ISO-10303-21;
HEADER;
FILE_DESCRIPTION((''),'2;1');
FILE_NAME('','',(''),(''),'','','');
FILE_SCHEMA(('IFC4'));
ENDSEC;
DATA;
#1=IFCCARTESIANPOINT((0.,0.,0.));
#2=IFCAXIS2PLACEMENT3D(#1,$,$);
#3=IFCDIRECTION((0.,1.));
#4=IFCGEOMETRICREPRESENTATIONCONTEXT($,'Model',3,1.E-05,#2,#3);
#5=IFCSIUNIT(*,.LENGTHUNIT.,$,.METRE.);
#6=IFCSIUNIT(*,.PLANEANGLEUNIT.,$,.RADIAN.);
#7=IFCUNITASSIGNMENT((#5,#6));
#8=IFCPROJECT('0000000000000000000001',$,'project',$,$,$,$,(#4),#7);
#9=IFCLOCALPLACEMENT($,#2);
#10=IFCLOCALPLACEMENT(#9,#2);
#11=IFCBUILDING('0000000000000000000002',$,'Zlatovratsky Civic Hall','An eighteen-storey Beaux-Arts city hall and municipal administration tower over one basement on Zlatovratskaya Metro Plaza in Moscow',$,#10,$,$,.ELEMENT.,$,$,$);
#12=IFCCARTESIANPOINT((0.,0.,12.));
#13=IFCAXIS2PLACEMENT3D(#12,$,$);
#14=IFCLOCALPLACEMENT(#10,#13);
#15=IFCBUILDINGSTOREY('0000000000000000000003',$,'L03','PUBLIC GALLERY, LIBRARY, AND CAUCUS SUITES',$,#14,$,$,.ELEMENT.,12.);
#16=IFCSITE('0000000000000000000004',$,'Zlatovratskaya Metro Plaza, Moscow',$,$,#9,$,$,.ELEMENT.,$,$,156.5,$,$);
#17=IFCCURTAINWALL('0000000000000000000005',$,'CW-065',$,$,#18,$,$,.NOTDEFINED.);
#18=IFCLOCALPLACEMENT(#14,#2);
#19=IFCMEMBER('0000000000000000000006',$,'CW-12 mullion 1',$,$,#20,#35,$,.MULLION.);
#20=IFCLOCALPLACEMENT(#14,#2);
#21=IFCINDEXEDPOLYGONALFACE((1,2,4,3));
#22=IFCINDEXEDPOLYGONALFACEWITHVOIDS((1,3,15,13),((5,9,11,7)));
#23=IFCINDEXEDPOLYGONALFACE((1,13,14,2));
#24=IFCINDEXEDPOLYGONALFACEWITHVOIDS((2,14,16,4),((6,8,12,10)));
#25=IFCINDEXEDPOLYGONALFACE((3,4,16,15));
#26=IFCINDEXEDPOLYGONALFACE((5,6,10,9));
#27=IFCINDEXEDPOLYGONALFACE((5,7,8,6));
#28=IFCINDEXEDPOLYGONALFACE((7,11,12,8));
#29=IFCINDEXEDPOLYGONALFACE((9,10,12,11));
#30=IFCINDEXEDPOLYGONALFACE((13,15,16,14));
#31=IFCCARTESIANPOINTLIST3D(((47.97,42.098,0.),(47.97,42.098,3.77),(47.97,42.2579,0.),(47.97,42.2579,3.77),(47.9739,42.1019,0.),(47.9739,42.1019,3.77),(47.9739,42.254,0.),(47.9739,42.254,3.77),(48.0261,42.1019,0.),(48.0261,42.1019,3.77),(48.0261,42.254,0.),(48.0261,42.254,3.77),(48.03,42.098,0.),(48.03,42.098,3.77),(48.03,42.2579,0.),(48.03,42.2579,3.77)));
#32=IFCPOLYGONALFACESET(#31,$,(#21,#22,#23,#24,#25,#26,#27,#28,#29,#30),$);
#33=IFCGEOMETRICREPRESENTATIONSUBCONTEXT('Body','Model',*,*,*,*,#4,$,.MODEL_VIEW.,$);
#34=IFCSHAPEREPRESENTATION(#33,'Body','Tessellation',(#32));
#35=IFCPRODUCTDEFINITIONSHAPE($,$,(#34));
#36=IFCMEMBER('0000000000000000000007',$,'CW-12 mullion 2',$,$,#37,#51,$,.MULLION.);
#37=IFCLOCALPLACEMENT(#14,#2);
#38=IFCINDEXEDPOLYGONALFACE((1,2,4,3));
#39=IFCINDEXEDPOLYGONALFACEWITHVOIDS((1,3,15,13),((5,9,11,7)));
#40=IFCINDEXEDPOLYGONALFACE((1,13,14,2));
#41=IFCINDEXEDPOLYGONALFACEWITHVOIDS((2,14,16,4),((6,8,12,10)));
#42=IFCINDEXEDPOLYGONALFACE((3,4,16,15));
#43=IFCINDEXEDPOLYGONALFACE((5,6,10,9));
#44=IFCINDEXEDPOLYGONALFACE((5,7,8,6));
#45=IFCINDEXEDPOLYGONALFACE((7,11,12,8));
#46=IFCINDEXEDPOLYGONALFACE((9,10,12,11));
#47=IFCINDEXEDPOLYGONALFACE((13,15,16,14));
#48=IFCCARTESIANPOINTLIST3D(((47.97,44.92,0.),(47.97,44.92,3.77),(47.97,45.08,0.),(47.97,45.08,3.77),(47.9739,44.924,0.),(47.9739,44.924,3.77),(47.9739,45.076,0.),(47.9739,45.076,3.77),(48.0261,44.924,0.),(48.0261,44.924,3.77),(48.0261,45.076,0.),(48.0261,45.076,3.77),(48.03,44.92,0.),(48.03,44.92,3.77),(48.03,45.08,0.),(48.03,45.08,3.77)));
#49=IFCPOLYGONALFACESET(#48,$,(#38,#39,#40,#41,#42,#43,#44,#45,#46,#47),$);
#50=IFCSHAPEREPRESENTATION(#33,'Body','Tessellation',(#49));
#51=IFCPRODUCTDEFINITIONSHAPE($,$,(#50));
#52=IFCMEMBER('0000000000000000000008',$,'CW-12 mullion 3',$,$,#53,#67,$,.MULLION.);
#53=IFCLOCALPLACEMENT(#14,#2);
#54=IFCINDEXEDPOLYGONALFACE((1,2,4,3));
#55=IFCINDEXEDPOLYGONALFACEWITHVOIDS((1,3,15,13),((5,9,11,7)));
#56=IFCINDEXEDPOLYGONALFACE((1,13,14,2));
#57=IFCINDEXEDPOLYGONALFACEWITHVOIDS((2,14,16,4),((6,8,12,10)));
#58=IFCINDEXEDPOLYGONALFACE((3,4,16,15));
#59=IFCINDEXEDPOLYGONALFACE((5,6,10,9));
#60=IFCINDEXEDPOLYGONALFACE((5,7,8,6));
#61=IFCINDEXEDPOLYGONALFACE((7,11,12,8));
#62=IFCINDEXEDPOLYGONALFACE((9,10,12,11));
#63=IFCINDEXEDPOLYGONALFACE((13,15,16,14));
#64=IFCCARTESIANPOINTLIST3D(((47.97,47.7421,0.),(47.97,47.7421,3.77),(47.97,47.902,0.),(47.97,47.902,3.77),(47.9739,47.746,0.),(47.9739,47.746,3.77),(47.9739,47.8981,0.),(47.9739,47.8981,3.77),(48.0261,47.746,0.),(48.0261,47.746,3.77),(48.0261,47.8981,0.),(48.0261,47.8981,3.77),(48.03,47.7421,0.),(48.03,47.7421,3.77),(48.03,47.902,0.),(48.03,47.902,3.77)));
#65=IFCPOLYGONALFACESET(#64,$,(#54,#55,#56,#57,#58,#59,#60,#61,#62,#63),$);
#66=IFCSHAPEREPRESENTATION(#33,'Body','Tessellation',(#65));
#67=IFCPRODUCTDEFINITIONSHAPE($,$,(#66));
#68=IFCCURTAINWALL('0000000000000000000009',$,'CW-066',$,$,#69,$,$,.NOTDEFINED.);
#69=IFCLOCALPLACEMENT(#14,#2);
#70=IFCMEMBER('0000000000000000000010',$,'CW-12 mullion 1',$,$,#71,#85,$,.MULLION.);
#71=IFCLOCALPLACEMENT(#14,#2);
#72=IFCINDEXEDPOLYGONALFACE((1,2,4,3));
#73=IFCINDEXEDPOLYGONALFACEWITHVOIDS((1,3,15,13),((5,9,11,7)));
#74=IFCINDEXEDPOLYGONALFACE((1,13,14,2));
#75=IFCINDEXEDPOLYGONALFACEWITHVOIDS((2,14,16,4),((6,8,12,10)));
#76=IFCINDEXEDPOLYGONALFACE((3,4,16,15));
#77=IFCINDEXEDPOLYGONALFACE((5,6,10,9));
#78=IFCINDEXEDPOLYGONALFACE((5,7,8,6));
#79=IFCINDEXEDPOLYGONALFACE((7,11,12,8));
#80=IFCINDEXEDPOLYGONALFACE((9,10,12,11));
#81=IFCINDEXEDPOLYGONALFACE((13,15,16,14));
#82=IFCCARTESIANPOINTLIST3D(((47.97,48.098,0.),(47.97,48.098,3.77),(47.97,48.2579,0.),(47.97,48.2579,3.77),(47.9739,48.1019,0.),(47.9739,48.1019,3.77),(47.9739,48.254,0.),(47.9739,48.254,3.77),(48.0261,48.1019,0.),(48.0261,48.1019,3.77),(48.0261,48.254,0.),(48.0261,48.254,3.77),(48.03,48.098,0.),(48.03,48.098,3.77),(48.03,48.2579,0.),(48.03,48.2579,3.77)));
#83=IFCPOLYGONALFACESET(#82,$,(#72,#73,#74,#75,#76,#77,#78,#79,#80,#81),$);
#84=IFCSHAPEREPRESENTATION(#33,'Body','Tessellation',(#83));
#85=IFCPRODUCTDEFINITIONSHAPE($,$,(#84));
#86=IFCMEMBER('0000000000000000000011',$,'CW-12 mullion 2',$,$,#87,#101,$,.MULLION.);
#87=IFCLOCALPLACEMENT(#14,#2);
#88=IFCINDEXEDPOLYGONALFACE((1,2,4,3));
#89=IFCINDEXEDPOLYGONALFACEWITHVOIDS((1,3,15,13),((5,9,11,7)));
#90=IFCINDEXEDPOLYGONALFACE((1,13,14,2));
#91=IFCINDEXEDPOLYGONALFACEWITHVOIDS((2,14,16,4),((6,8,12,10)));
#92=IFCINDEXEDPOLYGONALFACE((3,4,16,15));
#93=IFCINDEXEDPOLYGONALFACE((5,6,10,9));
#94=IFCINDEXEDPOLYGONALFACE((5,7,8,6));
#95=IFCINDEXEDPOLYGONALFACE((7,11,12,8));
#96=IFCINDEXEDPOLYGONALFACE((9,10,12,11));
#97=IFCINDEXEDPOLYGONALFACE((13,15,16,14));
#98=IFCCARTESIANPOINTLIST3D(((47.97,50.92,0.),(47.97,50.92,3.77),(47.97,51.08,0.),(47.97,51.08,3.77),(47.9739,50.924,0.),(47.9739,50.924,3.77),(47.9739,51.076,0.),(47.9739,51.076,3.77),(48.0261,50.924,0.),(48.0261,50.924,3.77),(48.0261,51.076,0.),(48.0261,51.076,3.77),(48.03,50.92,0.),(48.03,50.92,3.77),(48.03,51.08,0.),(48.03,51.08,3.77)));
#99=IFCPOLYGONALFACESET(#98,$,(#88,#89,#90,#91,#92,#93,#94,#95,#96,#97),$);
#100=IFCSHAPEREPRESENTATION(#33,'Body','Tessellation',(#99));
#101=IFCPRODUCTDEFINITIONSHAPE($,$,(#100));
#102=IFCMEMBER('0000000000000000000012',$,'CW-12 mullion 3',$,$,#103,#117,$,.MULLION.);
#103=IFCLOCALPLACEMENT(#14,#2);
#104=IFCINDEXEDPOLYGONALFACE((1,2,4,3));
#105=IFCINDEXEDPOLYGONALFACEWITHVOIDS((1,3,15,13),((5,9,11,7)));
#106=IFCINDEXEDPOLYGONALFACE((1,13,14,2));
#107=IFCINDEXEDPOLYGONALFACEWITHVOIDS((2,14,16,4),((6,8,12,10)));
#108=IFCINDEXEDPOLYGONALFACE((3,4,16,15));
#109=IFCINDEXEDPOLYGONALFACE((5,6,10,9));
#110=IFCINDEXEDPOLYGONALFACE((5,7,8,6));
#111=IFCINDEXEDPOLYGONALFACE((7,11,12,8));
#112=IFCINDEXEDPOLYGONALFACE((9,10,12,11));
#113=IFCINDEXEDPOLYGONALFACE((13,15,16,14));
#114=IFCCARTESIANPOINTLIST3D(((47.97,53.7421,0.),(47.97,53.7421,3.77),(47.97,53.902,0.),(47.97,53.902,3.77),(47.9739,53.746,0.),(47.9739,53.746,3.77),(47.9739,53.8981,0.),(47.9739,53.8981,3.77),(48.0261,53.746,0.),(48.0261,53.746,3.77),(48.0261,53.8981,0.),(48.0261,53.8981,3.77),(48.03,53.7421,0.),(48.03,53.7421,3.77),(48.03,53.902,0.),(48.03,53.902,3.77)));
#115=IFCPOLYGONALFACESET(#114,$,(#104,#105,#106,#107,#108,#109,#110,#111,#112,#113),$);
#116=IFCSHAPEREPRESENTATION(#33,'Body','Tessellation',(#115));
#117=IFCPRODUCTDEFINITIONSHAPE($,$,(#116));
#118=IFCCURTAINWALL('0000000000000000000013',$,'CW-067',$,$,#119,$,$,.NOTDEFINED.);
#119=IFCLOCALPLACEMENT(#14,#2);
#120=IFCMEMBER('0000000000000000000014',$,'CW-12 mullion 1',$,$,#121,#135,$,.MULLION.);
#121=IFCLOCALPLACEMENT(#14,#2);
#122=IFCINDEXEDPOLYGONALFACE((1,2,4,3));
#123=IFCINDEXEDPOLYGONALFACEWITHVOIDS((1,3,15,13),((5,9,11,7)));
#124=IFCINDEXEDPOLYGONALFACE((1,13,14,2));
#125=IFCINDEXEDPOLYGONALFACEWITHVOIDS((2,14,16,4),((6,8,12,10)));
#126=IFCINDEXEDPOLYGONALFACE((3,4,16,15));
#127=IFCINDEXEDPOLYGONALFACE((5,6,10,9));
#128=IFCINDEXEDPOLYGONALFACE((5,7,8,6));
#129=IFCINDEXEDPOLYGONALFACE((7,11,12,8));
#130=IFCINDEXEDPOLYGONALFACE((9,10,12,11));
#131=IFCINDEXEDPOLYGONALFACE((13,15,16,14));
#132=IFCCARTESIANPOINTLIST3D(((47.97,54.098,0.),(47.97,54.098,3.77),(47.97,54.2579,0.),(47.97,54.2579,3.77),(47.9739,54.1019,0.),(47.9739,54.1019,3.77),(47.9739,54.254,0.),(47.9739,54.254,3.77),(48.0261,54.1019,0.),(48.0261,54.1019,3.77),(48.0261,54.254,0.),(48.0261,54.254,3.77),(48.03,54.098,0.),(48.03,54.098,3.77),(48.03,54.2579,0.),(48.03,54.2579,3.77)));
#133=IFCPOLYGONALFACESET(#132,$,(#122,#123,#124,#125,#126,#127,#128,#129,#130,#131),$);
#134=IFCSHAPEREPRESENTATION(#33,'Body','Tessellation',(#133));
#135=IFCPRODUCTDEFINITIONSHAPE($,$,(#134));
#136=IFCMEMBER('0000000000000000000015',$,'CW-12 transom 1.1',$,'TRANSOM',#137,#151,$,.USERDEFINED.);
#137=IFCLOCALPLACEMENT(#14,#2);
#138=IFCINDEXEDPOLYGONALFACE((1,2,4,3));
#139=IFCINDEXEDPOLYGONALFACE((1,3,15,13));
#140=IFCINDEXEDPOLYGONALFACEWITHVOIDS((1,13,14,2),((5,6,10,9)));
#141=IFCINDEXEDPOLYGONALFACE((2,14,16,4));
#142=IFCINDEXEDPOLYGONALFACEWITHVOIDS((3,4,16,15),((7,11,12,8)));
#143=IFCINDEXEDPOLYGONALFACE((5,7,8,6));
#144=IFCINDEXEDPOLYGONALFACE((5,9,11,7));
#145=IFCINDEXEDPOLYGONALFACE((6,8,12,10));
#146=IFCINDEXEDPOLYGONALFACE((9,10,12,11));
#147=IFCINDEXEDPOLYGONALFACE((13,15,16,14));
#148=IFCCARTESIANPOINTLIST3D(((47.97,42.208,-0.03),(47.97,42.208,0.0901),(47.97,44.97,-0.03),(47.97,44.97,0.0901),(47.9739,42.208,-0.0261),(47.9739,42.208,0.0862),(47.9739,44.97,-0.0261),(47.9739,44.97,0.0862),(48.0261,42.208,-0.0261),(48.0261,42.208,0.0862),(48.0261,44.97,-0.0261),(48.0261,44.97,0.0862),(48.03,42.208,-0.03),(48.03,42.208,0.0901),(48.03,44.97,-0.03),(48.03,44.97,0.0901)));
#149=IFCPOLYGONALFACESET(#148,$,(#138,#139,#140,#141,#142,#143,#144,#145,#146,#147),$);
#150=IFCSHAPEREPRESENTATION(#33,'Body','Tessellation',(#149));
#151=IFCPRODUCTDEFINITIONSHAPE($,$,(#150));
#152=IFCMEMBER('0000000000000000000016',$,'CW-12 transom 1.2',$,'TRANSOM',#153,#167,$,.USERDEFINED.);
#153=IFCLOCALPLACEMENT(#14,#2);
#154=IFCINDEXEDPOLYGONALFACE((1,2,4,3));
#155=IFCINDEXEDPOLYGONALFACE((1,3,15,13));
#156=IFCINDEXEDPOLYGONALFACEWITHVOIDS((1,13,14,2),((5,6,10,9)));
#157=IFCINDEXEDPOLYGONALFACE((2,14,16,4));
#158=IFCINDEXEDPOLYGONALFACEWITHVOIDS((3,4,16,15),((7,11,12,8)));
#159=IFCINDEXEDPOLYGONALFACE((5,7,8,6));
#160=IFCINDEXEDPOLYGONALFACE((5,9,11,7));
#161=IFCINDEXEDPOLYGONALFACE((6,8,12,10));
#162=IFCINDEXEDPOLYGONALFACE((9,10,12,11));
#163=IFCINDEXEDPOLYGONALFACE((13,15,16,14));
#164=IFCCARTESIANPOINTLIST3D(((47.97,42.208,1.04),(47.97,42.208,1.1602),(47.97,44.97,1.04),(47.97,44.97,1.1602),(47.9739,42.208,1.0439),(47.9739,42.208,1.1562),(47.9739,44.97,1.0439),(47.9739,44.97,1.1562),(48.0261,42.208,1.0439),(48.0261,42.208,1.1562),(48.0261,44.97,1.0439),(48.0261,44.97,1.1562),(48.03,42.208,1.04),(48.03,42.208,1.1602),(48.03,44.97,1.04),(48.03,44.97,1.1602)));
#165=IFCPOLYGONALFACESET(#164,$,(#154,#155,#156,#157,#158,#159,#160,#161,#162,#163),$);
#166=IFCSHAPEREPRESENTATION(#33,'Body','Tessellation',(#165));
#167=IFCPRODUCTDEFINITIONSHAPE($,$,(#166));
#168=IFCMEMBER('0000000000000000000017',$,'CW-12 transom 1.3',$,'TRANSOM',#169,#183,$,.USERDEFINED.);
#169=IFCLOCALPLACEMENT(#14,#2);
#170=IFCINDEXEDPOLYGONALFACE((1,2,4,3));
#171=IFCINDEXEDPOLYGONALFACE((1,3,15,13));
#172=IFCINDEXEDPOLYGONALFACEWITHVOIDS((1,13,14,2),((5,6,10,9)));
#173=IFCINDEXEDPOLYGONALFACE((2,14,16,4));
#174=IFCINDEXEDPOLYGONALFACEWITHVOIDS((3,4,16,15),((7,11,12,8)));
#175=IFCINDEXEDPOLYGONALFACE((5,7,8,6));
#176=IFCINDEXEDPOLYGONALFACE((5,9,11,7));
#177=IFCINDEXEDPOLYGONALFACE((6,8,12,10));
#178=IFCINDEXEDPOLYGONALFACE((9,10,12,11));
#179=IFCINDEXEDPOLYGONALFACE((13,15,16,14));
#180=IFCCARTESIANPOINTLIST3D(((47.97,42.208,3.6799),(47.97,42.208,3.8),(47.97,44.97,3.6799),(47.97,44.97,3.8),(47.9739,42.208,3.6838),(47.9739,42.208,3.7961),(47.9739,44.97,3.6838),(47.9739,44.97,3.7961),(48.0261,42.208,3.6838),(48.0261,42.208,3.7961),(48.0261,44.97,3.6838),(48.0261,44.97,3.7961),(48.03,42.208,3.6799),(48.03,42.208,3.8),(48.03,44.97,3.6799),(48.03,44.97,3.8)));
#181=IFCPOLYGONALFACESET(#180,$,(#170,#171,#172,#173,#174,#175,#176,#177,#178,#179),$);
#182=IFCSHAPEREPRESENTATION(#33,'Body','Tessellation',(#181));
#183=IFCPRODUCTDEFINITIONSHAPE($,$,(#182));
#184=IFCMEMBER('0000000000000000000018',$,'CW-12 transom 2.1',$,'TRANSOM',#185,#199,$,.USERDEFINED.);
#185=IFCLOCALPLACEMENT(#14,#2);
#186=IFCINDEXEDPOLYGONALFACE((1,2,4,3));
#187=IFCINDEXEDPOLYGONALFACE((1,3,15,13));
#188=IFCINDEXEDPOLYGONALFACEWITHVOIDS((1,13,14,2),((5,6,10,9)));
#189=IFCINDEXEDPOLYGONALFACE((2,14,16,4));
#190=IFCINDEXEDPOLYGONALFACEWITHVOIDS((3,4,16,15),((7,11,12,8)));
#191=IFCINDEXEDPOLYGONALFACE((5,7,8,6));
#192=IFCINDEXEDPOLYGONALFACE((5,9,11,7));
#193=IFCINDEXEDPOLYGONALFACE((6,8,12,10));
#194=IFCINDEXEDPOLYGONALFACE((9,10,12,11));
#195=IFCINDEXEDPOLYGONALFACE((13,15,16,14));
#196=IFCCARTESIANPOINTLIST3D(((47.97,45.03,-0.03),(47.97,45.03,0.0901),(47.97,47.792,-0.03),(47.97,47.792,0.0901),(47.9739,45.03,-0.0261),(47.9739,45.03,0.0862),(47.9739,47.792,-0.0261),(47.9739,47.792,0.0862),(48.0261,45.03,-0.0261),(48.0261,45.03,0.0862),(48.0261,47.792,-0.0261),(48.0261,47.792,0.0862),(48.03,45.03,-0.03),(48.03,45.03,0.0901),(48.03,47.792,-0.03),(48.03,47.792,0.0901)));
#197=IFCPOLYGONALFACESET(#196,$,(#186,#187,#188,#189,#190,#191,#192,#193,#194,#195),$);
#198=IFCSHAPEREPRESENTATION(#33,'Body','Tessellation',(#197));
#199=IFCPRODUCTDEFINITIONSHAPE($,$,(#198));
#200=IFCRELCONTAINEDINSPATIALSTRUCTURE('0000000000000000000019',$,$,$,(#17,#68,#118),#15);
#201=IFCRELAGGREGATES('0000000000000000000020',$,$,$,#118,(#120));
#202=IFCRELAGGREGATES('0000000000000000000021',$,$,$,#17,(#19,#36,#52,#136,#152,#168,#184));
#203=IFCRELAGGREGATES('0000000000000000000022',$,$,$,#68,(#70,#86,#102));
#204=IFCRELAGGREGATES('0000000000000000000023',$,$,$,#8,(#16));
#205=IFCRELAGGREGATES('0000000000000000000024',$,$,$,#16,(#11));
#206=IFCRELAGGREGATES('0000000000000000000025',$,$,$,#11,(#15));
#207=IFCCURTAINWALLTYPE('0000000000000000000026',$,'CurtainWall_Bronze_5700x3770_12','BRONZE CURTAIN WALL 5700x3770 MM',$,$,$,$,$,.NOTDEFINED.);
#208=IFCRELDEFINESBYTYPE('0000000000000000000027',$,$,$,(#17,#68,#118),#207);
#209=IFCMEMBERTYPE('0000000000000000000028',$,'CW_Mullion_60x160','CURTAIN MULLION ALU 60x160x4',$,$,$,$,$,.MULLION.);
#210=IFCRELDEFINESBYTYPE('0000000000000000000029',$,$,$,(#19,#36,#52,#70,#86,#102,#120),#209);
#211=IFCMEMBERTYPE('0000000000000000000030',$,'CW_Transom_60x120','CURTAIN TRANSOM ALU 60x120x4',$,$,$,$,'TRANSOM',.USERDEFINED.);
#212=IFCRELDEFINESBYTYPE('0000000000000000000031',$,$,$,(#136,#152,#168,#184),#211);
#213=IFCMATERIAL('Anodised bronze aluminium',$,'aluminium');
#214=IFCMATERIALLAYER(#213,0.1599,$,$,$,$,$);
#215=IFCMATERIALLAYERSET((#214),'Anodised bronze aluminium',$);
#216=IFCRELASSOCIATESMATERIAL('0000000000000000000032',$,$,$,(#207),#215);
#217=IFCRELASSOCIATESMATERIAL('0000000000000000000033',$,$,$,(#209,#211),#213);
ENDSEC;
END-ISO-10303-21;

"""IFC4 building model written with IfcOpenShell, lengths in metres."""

from ifc_helpers import new_model, si_unit, direction, frame, origin, origin_2d, place, context, subcontext, project, spatial, hollow_rectangle, extrude, material, layer, layer_set, material_profile, profile_set, type_object, element, aggregate, save


model = new_model("IFC4")

# Units and contexts
model_context = context("Model", 3, precision=1e-05, world=origin(), true_north=direction((0.0, 1.0)))
body_context = subcontext(model_context, "Body", "Model", "MODEL_VIEW")
ifc_project = project(units=[si_unit("LENGTHUNIT", "METRE"), si_unit("PLANEANGLEUNIT", "RADIAN")], contexts=[model_context])

# Site, building, storey
site_placement = place(None, origin())
site = spatial("IfcSite", under=ifc_project, at=site_placement, Name="Zlatovratskaya Metro Plaza, Moscow", CompositionType="ELEMENT", RefElevation=156.5)
building_placement = place(site_placement, origin())
building = spatial("IfcBuilding", under=site, at=building_placement, Name="Zlatovratsky Civic Hall", Description="An eighteen-storey Beaux-Arts city hall and municipal administration tower over one basement on Zlatovratskaya Metro Plaza in Moscow", CompositionType="ELEMENT")
storey_placement = place(building_placement, frame((0.0, 0.0, 12.0)))
storey = spatial("IfcBuildingStorey", under=building, at=storey_placement, Name="L03", Description="PUBLIC GALLERY, LIBRARY, AND CAUCUS SUITES", CompositionType="ELEMENT", Elevation=12.0)

# Curtain walls, members
ifc_material_1 = material(Name="Anodised bronze aluminium", Category="aluminium")
ifc_layer_1 = layer(ifc_material_1, 0.1599)
ifc_layer_set_1 = layer_set([ifc_layer_1], Name="Anodised bronze aluminium")
curtain_wall_type = type_object("IfcCurtainWallType", Name="CurtainWall_Bronze_5700x3770_12", Description="BRONZE CURTAIN WALL 5700x3770 MM", PredefinedType="NOTDEFINED", material=ifc_layer_set_1)
curtain_wall_1_placement = place(storey_placement, origin())
curtain_wall_1 = element("IfcCurtainWall", 1, at=curtain_wall_1_placement, inside=storey, type_object=curtain_wall_type, Name="CW-065", PredefinedType="NOTDEFINED")
ifc_material_profile_1 = material_profile(ifc_material_1, hollow_rectangle(XDim=0.0601, YDim=0.1599, WallThickness=0.0039, at=origin_2d()), Name="ALU 60x160x4")
ifc_profile_set_1 = profile_set([ifc_material_profile_1], Name="Anodised bronze aluminium")
member_type_1 = type_object("IfcMemberType", Name="CW_Mullion_60x160", Description="CURTAIN MULLION ALU 60x160x4", PredefinedType="MULLION", material=ifc_profile_set_1)
member_1_placement = place(storey_placement, frame((48.0, 42.178, 0.0), z_axis=(0.0, 0.0, 1.0), x_axis=(-1.0, 0.0, 0.0)))
member_1 = element("IfcMember", 2, at=member_1_placement, type_object=member_type_1, Name="CW-12 mullion 1", PredefinedType="MULLION", context=body_context, shape_type="SweptSolid", body=[
    extrude(hollow_rectangle(XDim=0.0601, YDim=0.1599, WallThickness=0.0039, at=origin_2d()), origin(), (0.0, 0.0, 1.0), 3.77),
])
member_2_placement = place(storey_placement, frame((48.0, 45.0, 0.0), z_axis=(0.0, 0.0, 1.0), x_axis=(-1.0, 0.0, 0.0)))
member_2 = element("IfcMember", 3, at=member_2_placement, type_object=member_type_1, Name="CW-12 mullion 2", PredefinedType="MULLION", context=body_context, shape_type="SweptSolid", body=[
    extrude(hollow_rectangle(XDim=0.0601, YDim=0.1599, WallThickness=0.0039, at=origin_2d()), origin(), (0.0, 0.0, 1.0), 3.77),
])
member_3_placement = place(storey_placement, frame((48.0, 47.822, 0.0), z_axis=(0.0, 0.0, 1.0), x_axis=(-1.0, 0.0, 0.0)))
member_3 = element("IfcMember", 4, at=member_3_placement, type_object=member_type_1, Name="CW-12 mullion 3", PredefinedType="MULLION", context=body_context, shape_type="SweptSolid", body=[
    extrude(hollow_rectangle(XDim=0.0601, YDim=0.1599, WallThickness=0.0039, at=origin_2d()), origin(), (0.0, 0.0, 1.0), 3.77),
])
curtain_wall_2_placement = place(storey_placement, origin())
curtain_wall_2 = element("IfcCurtainWall", 5, at=curtain_wall_2_placement, inside=storey, type_object=curtain_wall_type, Name="CW-066", PredefinedType="NOTDEFINED")
member_4_placement = place(storey_placement, frame((48.0, 48.178, 0.0), z_axis=(0.0, 0.0, 1.0), x_axis=(-1.0, 0.0, 0.0)))
member_4 = element("IfcMember", 6, at=member_4_placement, type_object=member_type_1, Name="CW-12 mullion 1", PredefinedType="MULLION", context=body_context, shape_type="SweptSolid", body=[
    extrude(hollow_rectangle(XDim=0.0601, YDim=0.1599, WallThickness=0.0039, at=origin_2d()), origin(), (0.0, 0.0, 1.0), 3.77),
])
member_5_placement = place(storey_placement, frame((48.0, 51.0, 0.0), z_axis=(0.0, 0.0, 1.0), x_axis=(-1.0, 0.0, 0.0)))
member_5 = element("IfcMember", 7, at=member_5_placement, type_object=member_type_1, Name="CW-12 mullion 2", PredefinedType="MULLION", context=body_context, shape_type="SweptSolid", body=[
    extrude(hollow_rectangle(XDim=0.0601, YDim=0.1599, WallThickness=0.0039, at=origin_2d()), origin(), (0.0, 0.0, 1.0), 3.77),
])
member_6_placement = place(storey_placement, frame((48.0, 53.822, 0.0), z_axis=(0.0, 0.0, 1.0), x_axis=(-1.0, 0.0, 0.0)))
member_6 = element("IfcMember", 8, at=member_6_placement, type_object=member_type_1, Name="CW-12 mullion 3", PredefinedType="MULLION", context=body_context, shape_type="SweptSolid", body=[
    extrude(hollow_rectangle(XDim=0.0601, YDim=0.1599, WallThickness=0.0039, at=origin_2d()), origin(), (0.0, 0.0, 1.0), 3.77),
])

# Curtain wall, member
curtain_wall_3_placement = place(storey_placement, origin())
curtain_wall_3 = element("IfcCurtainWall", 9, at=curtain_wall_3_placement, inside=storey, type_object=curtain_wall_type, Name="CW-067", PredefinedType="NOTDEFINED")
member_7_placement = place(storey_placement, frame((48.0, 54.178, 0.0), z_axis=(0.0, 0.0, 1.0), x_axis=(-1.0, 0.0, 0.0)))
member_7 = element("IfcMember", 10, at=member_7_placement, type_object=member_type_1, Name="CW-12 mullion 1", PredefinedType="MULLION", context=body_context, shape_type="SweptSolid", body=[
    extrude(hollow_rectangle(XDim=0.0601, YDim=0.1599, WallThickness=0.0039, at=origin_2d()), origin(), (0.0, 0.0, 1.0), 3.77),
])
aggregate(curtain_wall_3, [member_7])

# Members
ifc_material_profile_2 = material_profile(ifc_material_1, hollow_rectangle(XDim=0.0601, YDim=0.1201, WallThickness=0.0039, at=origin_2d()), Name="ALU 60x120x4")
ifc_profile_set_2 = profile_set([ifc_material_profile_2], Name="Anodised bronze aluminium")
member_type_2 = type_object("IfcMemberType", Name="CW_Transom_60x120", Description="CURTAIN TRANSOM ALU 60x120x4", ElementType="TRANSOM", PredefinedType="USERDEFINED", material=ifc_profile_set_2)
member_8_placement = place(storey_placement, frame((48.0, 42.208, 0.03), z_axis=(0.0, 1.0, 0.0), x_axis=(-1.0, 0.0, 0.0)))
member_8 = element("IfcMember", 11, at=member_8_placement, type_object=member_type_2, Name="CW-12 transom 1.1", ObjectType="TRANSOM", PredefinedType="USERDEFINED", context=body_context, shape_type="SweptSolid", body=[
    extrude(hollow_rectangle(XDim=0.0601, YDim=0.1201, WallThickness=0.0039, at=origin_2d()), origin(), (0.0, 0.0, 1.0), 2.762),
])
member_9_placement = place(storey_placement, frame((48.0, 42.208, 1.1001), z_axis=(0.0, 1.0, 0.0), x_axis=(-1.0, 0.0, 0.0)))
member_9 = element("IfcMember", 12, at=member_9_placement, type_object=member_type_2, Name="CW-12 transom 1.2", ObjectType="TRANSOM", PredefinedType="USERDEFINED", context=body_context, shape_type="SweptSolid", body=[
    extrude(hollow_rectangle(XDim=0.0601, YDim=0.1201, WallThickness=0.0039, at=origin_2d()), origin(), (0.0, 0.0, 1.0), 2.762),
])
member_10_placement = place(storey_placement, frame((48.0, 42.208, 3.74), z_axis=(0.0, 1.0, 0.0), x_axis=(-1.0, 0.0, 0.0)))
member_10 = element("IfcMember", 13, at=member_10_placement, type_object=member_type_2, Name="CW-12 transom 1.3", ObjectType="TRANSOM", PredefinedType="USERDEFINED", context=body_context, shape_type="SweptSolid", body=[
    extrude(hollow_rectangle(XDim=0.0601, YDim=0.1201, WallThickness=0.0039, at=origin_2d()), origin(), (0.0, 0.0, 1.0), 2.762),
])
member_11_placement = place(storey_placement, frame((48.0, 45.03, 0.03), z_axis=(0.0, 1.0, 0.0), x_axis=(-1.0, 0.0, 0.0)))
member_11 = element("IfcMember", 14, at=member_11_placement, type_object=member_type_2, Name="CW-12 transom 2.1", ObjectType="TRANSOM", PredefinedType="USERDEFINED", context=body_context, shape_type="SweptSolid", body=[
    extrude(hollow_rectangle(XDim=0.0601, YDim=0.1201, WallThickness=0.0039, at=origin_2d()), origin(), (0.0, 0.0, 1.0), 2.762),
])

aggregate(curtain_wall_1, [member_1, member_2, member_3, member_8, member_9, member_10, member_11])
aggregate(curtain_wall_2, [member_4, member_5, member_6])

save(model, "model.ifc")
